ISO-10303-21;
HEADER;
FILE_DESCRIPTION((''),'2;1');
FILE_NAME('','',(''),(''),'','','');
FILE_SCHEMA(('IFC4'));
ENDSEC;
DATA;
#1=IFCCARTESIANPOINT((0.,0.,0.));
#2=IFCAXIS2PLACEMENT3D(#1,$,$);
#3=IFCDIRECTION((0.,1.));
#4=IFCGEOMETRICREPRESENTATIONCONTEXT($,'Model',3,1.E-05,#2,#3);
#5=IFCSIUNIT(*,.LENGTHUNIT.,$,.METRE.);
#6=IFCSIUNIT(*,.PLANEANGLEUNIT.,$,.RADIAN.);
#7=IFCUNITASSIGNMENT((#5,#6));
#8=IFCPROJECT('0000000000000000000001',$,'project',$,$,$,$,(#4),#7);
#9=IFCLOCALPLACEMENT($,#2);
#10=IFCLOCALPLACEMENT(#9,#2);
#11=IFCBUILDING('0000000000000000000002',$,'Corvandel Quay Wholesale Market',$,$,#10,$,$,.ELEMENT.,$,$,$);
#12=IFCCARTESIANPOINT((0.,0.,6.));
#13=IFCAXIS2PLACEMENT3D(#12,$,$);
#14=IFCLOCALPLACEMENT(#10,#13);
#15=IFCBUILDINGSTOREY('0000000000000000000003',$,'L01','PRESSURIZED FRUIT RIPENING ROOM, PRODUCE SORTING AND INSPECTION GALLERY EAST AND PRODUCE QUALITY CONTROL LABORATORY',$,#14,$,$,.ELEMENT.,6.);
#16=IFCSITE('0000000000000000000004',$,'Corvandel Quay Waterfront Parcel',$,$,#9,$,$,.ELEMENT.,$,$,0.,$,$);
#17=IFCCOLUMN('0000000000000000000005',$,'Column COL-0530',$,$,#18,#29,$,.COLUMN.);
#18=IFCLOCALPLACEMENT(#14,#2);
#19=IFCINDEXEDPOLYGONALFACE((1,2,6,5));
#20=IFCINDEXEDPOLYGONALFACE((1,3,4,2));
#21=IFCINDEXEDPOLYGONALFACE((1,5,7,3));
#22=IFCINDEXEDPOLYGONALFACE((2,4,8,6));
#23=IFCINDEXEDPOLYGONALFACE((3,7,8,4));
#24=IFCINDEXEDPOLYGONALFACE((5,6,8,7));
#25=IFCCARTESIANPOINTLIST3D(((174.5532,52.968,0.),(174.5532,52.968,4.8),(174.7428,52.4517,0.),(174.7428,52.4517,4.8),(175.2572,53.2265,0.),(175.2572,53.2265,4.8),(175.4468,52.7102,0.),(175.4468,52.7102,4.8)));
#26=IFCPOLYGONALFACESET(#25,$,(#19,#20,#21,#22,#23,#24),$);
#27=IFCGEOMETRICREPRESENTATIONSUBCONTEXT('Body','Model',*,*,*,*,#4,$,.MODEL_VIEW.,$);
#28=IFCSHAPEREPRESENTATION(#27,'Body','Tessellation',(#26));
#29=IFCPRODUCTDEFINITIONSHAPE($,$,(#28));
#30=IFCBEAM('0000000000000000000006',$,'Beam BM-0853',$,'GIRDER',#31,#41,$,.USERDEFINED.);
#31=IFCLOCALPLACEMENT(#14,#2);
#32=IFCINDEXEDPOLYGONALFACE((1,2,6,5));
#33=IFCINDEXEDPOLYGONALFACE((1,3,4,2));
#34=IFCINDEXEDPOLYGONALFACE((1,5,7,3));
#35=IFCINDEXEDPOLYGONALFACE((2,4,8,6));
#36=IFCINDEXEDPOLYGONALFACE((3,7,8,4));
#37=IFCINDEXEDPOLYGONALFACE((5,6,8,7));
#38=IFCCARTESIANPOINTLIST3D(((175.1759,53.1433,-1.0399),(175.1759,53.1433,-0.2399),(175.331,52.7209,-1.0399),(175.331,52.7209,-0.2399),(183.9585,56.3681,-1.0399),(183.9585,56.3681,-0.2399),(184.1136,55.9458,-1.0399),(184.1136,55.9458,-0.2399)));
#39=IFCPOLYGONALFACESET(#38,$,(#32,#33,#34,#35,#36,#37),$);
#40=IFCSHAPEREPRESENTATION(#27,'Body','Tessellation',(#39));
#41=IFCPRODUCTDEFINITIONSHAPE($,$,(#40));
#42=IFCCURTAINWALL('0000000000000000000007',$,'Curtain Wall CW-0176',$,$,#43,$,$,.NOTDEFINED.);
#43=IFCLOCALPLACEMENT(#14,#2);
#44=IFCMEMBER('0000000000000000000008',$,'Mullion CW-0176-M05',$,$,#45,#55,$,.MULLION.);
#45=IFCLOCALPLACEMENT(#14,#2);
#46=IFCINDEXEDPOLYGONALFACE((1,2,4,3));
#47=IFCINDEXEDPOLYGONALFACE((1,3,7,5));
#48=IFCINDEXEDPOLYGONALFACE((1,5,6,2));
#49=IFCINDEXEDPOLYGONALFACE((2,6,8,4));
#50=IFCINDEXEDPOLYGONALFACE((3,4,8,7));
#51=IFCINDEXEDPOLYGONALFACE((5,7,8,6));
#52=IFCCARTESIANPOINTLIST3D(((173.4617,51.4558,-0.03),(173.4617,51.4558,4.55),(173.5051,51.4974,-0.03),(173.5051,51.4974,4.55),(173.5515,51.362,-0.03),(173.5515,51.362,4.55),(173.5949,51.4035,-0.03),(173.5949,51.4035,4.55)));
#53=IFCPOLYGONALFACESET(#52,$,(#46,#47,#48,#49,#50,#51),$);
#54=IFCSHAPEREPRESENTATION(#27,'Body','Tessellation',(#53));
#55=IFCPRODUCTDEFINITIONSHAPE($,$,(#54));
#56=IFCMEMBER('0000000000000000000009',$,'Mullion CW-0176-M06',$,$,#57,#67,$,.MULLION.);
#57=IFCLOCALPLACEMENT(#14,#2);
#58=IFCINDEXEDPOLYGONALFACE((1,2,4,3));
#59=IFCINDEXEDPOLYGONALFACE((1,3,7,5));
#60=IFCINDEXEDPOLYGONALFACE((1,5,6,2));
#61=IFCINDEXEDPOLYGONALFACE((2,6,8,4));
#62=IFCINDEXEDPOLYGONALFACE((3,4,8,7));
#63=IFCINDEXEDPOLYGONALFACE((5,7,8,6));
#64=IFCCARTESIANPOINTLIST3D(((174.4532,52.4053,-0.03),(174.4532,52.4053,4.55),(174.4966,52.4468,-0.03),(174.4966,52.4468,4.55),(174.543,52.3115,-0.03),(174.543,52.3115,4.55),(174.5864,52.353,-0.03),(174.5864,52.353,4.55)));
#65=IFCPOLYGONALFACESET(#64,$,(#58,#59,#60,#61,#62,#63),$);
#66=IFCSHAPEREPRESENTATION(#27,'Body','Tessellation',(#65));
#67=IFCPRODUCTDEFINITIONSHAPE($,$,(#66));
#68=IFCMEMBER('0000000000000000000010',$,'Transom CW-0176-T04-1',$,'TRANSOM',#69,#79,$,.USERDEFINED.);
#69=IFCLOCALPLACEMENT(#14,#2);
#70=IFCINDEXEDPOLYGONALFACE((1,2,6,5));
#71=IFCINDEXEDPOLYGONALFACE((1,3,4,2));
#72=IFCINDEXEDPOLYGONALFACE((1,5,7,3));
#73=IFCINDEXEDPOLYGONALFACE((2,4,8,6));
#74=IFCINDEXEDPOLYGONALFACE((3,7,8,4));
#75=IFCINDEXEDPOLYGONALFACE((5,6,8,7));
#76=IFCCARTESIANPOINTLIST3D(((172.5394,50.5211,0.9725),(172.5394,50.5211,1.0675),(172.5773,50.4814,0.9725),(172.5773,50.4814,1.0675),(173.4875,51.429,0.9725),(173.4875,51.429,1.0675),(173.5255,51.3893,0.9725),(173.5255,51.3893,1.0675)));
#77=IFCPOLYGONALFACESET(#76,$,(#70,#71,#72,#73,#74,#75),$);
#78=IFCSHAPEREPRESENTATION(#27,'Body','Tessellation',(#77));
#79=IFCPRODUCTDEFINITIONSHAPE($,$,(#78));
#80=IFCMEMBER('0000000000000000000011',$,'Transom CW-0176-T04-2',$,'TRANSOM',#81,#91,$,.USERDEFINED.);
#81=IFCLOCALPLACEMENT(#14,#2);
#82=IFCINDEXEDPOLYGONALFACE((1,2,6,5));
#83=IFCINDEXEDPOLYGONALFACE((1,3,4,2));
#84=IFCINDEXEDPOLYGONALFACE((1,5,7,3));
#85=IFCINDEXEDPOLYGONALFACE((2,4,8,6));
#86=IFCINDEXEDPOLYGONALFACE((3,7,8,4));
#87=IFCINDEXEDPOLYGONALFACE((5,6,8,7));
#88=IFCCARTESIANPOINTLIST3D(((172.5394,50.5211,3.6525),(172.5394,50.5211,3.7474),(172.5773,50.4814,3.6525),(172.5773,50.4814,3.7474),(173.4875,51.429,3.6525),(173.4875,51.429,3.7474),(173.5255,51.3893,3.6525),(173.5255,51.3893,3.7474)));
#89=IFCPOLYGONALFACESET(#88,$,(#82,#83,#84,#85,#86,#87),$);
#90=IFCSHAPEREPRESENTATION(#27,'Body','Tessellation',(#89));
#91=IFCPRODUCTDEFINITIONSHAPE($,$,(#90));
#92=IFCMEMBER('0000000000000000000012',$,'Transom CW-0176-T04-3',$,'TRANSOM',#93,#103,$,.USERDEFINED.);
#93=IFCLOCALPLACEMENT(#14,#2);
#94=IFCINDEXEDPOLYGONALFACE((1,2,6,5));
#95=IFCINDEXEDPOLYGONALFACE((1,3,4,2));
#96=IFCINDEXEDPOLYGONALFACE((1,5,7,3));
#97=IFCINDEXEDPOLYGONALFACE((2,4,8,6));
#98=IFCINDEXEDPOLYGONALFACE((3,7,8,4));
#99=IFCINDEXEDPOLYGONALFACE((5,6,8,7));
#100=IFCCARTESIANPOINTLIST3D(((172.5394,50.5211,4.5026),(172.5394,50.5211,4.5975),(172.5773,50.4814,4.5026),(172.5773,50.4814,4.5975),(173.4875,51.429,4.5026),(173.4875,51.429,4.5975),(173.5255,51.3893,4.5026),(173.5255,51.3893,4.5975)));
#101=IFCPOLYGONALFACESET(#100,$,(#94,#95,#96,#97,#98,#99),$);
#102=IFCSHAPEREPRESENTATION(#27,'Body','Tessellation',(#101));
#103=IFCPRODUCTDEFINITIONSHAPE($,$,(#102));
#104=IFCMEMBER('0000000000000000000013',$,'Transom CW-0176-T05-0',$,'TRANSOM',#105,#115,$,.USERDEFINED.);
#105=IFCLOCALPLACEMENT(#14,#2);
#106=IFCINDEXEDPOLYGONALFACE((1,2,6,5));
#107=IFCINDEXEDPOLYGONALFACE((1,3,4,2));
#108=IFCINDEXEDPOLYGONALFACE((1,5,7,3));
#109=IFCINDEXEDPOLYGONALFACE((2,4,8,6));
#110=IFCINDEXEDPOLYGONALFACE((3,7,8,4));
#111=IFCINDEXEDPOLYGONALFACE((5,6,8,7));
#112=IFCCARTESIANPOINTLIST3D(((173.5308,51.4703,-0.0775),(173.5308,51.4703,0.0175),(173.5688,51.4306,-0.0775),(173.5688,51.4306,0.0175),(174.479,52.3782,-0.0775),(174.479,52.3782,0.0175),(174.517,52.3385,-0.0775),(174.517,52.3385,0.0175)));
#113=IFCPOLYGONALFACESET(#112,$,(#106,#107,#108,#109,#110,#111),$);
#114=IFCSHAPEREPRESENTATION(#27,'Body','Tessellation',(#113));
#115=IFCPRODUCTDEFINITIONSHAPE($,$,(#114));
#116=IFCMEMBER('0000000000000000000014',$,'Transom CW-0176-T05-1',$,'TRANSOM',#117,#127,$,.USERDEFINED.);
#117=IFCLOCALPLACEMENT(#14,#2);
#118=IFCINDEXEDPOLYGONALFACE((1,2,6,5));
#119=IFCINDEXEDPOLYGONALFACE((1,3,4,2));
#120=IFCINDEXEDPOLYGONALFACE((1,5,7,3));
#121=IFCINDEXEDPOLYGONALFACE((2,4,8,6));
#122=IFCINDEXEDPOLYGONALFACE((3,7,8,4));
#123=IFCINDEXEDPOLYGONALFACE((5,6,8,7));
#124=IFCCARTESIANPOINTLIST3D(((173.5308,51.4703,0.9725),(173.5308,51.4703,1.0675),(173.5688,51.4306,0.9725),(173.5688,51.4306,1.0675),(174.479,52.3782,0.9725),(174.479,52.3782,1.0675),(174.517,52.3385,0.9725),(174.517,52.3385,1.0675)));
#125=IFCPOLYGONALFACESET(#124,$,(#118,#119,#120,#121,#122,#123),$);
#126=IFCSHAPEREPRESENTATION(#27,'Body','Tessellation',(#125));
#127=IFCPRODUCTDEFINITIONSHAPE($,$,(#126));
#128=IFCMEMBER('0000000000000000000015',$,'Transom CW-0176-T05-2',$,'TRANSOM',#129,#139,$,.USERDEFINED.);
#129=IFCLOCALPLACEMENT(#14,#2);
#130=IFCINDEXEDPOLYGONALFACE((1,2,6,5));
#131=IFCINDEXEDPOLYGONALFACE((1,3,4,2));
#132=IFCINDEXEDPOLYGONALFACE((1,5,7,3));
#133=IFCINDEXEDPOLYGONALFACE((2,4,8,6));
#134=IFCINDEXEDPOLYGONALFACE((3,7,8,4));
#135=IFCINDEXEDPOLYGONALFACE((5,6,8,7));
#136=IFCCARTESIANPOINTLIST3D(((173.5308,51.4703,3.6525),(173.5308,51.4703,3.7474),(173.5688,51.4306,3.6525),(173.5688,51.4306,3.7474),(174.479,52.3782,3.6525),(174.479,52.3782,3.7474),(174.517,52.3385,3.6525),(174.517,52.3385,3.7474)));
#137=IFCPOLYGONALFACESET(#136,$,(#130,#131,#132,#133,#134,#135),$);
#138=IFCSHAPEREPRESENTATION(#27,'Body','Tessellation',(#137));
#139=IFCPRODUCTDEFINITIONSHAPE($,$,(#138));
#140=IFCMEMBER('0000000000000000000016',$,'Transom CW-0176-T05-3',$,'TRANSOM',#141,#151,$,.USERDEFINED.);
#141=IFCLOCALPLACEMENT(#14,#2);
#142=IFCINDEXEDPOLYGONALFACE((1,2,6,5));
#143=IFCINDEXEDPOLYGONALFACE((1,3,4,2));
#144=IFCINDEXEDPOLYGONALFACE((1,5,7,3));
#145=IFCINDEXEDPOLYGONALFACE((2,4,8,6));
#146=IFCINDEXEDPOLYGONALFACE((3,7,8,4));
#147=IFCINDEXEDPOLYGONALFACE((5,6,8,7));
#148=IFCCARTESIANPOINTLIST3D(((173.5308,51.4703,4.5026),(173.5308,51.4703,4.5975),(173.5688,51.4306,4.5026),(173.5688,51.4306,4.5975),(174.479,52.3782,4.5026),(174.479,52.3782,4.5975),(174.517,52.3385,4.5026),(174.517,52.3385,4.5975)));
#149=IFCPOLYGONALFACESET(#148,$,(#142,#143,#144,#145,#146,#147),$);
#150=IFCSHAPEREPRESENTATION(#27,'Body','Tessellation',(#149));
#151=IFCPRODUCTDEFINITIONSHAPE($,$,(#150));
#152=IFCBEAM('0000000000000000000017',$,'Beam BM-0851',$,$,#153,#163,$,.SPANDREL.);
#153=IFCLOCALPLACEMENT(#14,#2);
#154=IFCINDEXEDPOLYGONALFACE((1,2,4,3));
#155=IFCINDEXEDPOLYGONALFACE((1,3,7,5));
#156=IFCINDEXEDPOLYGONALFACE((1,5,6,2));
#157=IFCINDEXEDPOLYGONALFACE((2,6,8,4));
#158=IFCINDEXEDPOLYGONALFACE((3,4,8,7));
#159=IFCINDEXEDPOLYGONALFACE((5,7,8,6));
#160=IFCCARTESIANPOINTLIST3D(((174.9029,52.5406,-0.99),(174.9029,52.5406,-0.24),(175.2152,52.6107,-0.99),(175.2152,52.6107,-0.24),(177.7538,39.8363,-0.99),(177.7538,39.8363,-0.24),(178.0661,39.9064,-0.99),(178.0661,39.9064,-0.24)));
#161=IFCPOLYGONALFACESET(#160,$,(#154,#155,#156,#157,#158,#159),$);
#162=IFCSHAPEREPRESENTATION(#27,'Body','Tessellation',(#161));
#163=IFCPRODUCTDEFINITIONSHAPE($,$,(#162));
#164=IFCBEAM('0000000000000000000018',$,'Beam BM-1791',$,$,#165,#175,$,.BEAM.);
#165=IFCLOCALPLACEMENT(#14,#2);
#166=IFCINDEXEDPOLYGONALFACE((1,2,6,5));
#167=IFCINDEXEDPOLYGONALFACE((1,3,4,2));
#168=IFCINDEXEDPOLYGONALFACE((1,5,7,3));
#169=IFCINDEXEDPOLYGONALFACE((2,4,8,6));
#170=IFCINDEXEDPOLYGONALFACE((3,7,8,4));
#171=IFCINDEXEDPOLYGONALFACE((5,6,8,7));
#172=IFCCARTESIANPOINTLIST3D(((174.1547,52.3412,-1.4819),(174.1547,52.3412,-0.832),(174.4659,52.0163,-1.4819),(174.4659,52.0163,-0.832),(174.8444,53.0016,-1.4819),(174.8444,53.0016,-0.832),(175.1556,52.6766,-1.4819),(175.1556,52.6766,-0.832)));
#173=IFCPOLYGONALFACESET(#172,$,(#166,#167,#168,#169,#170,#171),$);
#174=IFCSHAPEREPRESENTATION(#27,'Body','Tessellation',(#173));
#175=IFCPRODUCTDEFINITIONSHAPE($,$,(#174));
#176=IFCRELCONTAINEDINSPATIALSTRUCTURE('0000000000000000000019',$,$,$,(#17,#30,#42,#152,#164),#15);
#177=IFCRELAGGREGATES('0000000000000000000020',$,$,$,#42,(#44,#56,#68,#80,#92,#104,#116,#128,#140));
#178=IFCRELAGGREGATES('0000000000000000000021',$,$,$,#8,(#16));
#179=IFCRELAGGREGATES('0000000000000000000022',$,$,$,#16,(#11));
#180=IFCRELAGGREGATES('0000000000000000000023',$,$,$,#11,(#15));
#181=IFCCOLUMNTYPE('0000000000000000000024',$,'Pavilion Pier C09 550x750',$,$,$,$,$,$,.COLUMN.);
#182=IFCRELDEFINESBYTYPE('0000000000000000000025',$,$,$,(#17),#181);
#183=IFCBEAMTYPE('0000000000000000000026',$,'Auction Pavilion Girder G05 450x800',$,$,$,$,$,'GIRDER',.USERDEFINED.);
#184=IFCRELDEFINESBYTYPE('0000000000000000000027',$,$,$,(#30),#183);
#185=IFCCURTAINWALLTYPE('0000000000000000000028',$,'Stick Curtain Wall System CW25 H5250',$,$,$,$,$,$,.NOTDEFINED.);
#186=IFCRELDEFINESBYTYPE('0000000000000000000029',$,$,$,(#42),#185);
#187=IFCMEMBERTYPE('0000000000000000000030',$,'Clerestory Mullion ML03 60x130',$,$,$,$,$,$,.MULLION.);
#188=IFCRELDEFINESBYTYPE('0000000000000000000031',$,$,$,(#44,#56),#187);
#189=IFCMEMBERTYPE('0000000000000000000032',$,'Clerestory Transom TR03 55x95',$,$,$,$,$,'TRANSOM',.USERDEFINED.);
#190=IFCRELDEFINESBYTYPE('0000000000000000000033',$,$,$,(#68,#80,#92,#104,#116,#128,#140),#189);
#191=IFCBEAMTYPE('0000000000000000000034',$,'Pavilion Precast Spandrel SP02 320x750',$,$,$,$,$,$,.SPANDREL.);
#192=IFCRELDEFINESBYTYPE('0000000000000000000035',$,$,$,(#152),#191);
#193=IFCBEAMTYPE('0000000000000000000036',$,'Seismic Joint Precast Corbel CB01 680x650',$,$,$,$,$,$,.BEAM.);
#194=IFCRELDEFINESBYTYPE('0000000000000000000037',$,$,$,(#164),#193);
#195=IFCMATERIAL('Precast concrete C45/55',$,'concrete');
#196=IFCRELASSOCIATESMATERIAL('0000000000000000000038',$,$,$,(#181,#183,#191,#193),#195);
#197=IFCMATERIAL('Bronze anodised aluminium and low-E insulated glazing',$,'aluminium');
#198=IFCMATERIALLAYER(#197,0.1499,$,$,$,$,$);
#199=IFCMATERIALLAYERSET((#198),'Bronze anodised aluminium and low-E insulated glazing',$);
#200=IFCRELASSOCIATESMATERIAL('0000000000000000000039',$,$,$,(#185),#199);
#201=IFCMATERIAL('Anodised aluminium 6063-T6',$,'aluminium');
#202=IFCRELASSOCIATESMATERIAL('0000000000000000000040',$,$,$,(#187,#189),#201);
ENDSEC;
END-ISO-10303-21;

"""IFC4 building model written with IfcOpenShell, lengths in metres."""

from ifc_helpers import new_model, si_unit, direction, frame, origin, origin_2d, place, context, subcontext, project, spatial, rectangle, extrude, material, layer, layer_set, material_profile, profile_set, type_object, element, aggregate, save


model = new_model("IFC4")

# Units and contexts
model_context = context("Model", 3, precision=1e-05, world=origin(), true_north=direction((0.0, 1.0)))
body_context = subcontext(model_context, "Body", "Model", "MODEL_VIEW")
ifc_project = project(units=[si_unit("LENGTHUNIT", "METRE"), si_unit("PLANEANGLEUNIT", "RADIAN")], contexts=[model_context])

# Site, building, storey
site_placement = place(None, origin())
site = spatial("IfcSite", under=ifc_project, at=site_placement, Name="Corvandel Quay Waterfront Parcel", CompositionType="ELEMENT", RefElevation=0.0)
building_placement = place(site_placement, origin())
building = spatial("IfcBuilding", under=site, at=building_placement, Name="Corvandel Quay Wholesale Market", CompositionType="ELEMENT")
storey_placement = place(building_placement, frame((0.0, 0.0, 6.0)))
storey = spatial("IfcBuildingStorey", under=building, at=storey_placement, Name="L01", Description="PRESSURIZED FRUIT RIPENING ROOM, PRODUCE SORTING AND INSPECTION GALLERY EAST AND PRODUCE QUALITY CONTROL LABORATORY", CompositionType="ELEMENT", Elevation=6.0)

# Column
ifc_material_1 = material(Name="Precast concrete C45/55", Category="concrete")
ifc_material_profile_1 = material_profile(ifc_material_1, rectangle(XDim=0.55, YDim=0.75, at=origin_2d()), Name="PC-COL-550x750")
ifc_profile_set_1 = profile_set([ifc_material_profile_1], Name="Precast concrete C45/55")
column_type = type_object("IfcColumnType", Name="Pavilion Pier C09 550x750", PredefinedType="COLUMN", material=ifc_profile_set_1)
column_placement = place(storey_placement, frame((175.0, 52.8391, 0.0), z_axis=(0.0, 0.0, 1.0), x_axis=(-0.344643, 0.938734, 0.0)))
element("IfcColumn", 1, at=column_placement, inside=storey, type_object=column_type, Name="Column COL-0530", PredefinedType="COLUMN", context=body_context, shape_type="SweptSolid", body=[
    extrude(rectangle(XDim=0.55, YDim=0.75, at=origin_2d()), origin(), (0.0, 0.0, 1.0), 4.8),
])

# Beam
ifc_material_profile_2 = material_profile(ifc_material_1, rectangle(XDim=0.45, YDim=0.8, at=origin_2d()), Name="PC-GIR-450x800")
ifc_profile_set_2 = profile_set([ifc_material_profile_2], Name="Precast concrete C45/55")
beam_type_1 = type_object("IfcBeamType", Name="Auction Pavilion Girder G05 450x800", ElementType="GIRDER", PredefinedType="USERDEFINED", material=ifc_profile_set_2)
beam_1_placement = place(storey_placement, frame((175.2534, 52.9321, -0.6399), z_axis=(0.93872, 0.344681, 0.0), x_axis=(-0.344681, 0.93872, 0.0)))
element("IfcBeam", 2, at=beam_1_placement, inside=storey, type_object=beam_type_1, Name="Beam BM-0853", ObjectType="GIRDER", PredefinedType="USERDEFINED", context=body_context, shape_type="SweptSolid", body=[
    extrude(rectangle(XDim=0.45, YDim=0.8, at=origin_2d()), origin(), (0.0, 0.0, 1.0), 9.356),
])

# Curtain wall, members
ifc_material_2 = material(Name="Bronze anodised aluminium and low-E insulated glazing", Category="aluminium")
ifc_layer_1 = layer(ifc_material_2, 0.1499)
ifc_layer_set_1 = layer_set([ifc_layer_1], Name="Bronze anodised aluminium and low-E insulated glazing")
curtain_wall_type = type_object("IfcCurtainWallType", Name="Stick Curtain Wall System CW25 H5250", PredefinedType="NOTDEFINED", material=ifc_layer_set_1)
curtain_wall_placement = place(storey_placement, origin())
curtain_wall = element("IfcCurtainWall", 3, at=curtain_wall_placement, inside=storey, type_object=curtain_wall_type, Name="Curtain Wall CW-0176", PredefinedType="NOTDEFINED")
ifc_material_3 = material(Name="Anodised aluminium 6063-T6", Category="aluminium")
ifc_material_profile_3 = material_profile(ifc_material_3, rectangle(XDim=0.0601, YDim=0.1299, at=origin_2d()), Name="ALU-MUL-60x130")
ifc_profile_set_3 = profile_set([ifc_material_profile_3], Name="Anodised aluminium 6063-T6")
member_type_1 = type_object("IfcMemberType", Name="Clerestory Mullion ML03 60x130", PredefinedType="MULLION", material=ifc_profile_set_3)
member_1_placement = place(storey_placement, frame((173.5283, 51.4297, -0.03), z_axis=(0.0, 0.0, 1.0), x_axis=(0.722364, 0.691513, 0.0)))
member_1 = element("IfcMember", 4, at=member_1_placement, type_object=member_type_1, Name="Mullion CW-0176-M05", PredefinedType="MULLION", context=body_context, shape_type="SweptSolid", body=[
    extrude(rectangle(XDim=0.0601, YDim=0.1299, at=origin_2d()), origin(), (0.0, 0.0, 1.0), 4.5801),
])
member_2_placement = place(storey_placement, frame((174.5198, 52.3792, -0.03), z_axis=(0.0, 0.0, 1.0), x_axis=(0.722364, 0.691513, 0.0)))
member_2 = element("IfcMember", 5, at=member_2_placement, type_object=member_type_1, Name="Mullion CW-0176-M06", PredefinedType="MULLION", context=body_context, shape_type="SweptSolid", body=[
    extrude(rectangle(XDim=0.0601, YDim=0.1299, at=origin_2d()), origin(), (0.0, 0.0, 1.0), 4.5801),
])
ifc_material_profile_4 = material_profile(ifc_material_3, rectangle(XDim=0.0549, YDim=0.095, at=origin_2d()), Name="ALU-TRN-55x95")
ifc_profile_set_4 = profile_set([ifc_material_profile_4], Name="Anodised aluminium 6063-T6")
member_type_2 = type_object("IfcMemberType", Name="Clerestory Transom TR03 55x95", ElementType="TRANSOM", PredefinedType="USERDEFINED", material=ifc_profile_set_4)
member_3_placement = place(storey_placement, frame((172.5583, 50.5012, 1.02), z_axis=(0.722282, 0.691598, 0.0), x_axis=(-0.691598, 0.722282, 0.0)))
member_3 = element("IfcMember", 6, at=member_3_placement, type_object=member_type_2, Name="Transom CW-0176-T04-1", ObjectType="TRANSOM", PredefinedType="USERDEFINED", context=body_context, shape_type="SweptSolid", body=[
    extrude(rectangle(XDim=0.0549, YDim=0.095, at=origin_2d()), origin(), (0.0, 0.0, 1.0), 1.3127),
])
member_4_placement = place(storey_placement, frame((172.5583, 50.5012, 3.7), z_axis=(0.722282, 0.691598, 0.0), x_axis=(-0.691598, 0.722282, 0.0)))
member_4 = element("IfcMember", 7, at=member_4_placement, type_object=member_type_2, Name="Transom CW-0176-T04-2", ObjectType="TRANSOM", PredefinedType="USERDEFINED", context=body_context, shape_type="SweptSolid", body=[
    extrude(rectangle(XDim=0.0549, YDim=0.095, at=origin_2d()), origin(), (0.0, 0.0, 1.0), 1.3127),
])
member_5_placement = place(storey_placement, frame((172.5583, 50.5012, 4.55), z_axis=(0.722282, 0.691598, 0.0), x_axis=(-0.691598, 0.722282, 0.0)))
member_5 = element("IfcMember", 8, at=member_5_placement, type_object=member_type_2, Name="Transom CW-0176-T04-3", ObjectType="TRANSOM", PredefinedType="USERDEFINED", context=body_context, shape_type="SweptSolid", body=[
    extrude(rectangle(XDim=0.0549, YDim=0.095, at=origin_2d()), origin(), (0.0, 0.0, 1.0), 1.3127),
])
member_6_placement = place(storey_placement, frame((173.5498, 51.4504, -0.03), z_axis=(0.722282, 0.691598, 0.0), x_axis=(-0.691598, 0.722282, 0.0)))
member_6 = element("IfcMember", 9, at=member_6_placement, type_object=member_type_2, Name="Transom CW-0176-T05-0", ObjectType="TRANSOM", PredefinedType="USERDEFINED", context=body_context, shape_type="SweptSolid", body=[
    extrude(rectangle(XDim=0.0549, YDim=0.095, at=origin_2d()), origin(), (0.0, 0.0, 1.0), 1.3127),
])
member_7_placement = place(storey_placement, frame((173.5498, 51.4504, 1.02), z_axis=(0.722282, 0.691598, 0.0), x_axis=(-0.691598, 0.722282, 0.0)))
member_7 = element("IfcMember", 10, at=member_7_placement, type_object=member_type_2, Name="Transom CW-0176-T05-1", ObjectType="TRANSOM", PredefinedType="USERDEFINED", context=body_context, shape_type="SweptSolid", body=[
    extrude(rectangle(XDim=0.0549, YDim=0.095, at=origin_2d()), origin(), (0.0, 0.0, 1.0), 1.3127),
])
member_8_placement = place(storey_placement, frame((173.5498, 51.4504, 3.7), z_axis=(0.722282, 0.691598, 0.0), x_axis=(-0.691598, 0.722282, 0.0)))
member_8 = element("IfcMember", 11, at=member_8_placement, type_object=member_type_2, Name="Transom CW-0176-T05-2", ObjectType="TRANSOM", PredefinedType="USERDEFINED", context=body_context, shape_type="SweptSolid", body=[
    extrude(rectangle(XDim=0.0549, YDim=0.095, at=origin_2d()), origin(), (0.0, 0.0, 1.0), 1.3127),
])
member_9_placement = place(storey_placement, frame((173.5498, 51.4504, 4.55), z_axis=(0.722282, 0.691598, 0.0), x_axis=(-0.691598, 0.722282, 0.0)))
member_9 = element("IfcMember", 12, at=member_9_placement, type_object=member_type_2, Name="Transom CW-0176-T05-3", ObjectType="TRANSOM", PredefinedType="USERDEFINED", context=body_context, shape_type="SweptSolid", body=[
    extrude(rectangle(XDim=0.0549, YDim=0.095, at=origin_2d()), origin(), (0.0, 0.0, 1.0), 1.3127),
])

# Beams
ifc_material_profile_5 = material_profile(ifc_material_1, rectangle(XDim=0.3201, YDim=0.75, at=origin_2d()), Name="PC-SPN-320x750")
ifc_profile_set_5 = profile_set([ifc_material_profile_5], Name="Precast concrete C45/55")
beam_type_2 = type_object("IfcBeamType", Name="Pavilion Precast Spandrel SP02 320x750", PredefinedType="SPANDREL", material=ifc_profile_set_5)
beam_2_placement = place(storey_placement, frame((175.0591, 52.5757, -0.615), z_axis=(0.218953, -0.975735, 0.0), x_axis=(0.975735, 0.218953, 0.0)))
element("IfcBeam", 13, at=beam_2_placement, inside=storey, type_object=beam_type_2, Name="Beam BM-0851", PredefinedType="SPANDREL", context=body_context, shape_type="SweptSolid", body=[
    extrude(rectangle(XDim=0.3201, YDim=0.75, at=origin_2d()), origin(), (0.0, 0.0, 1.0), 13.0203),
])
ifc_material_profile_6 = material_profile(ifc_material_1, rectangle(XDim=0.45, YDim=0.6499, at=origin_2d()), Name="PC-COR-680x650")
ifc_profile_set_6 = profile_set([ifc_material_profile_6], Name="Precast concrete C45/55")
beam_type_3 = type_object("IfcBeamType", Name="Seismic Joint Precast Corbel CB01 680x650", PredefinedType="BEAM", material=ifc_profile_set_6)
beam_3_placement = place(storey_placement, frame((175.0, 52.8391, -1.157), z_axis=(-0.722281, -0.6916, 0.0), x_axis=(0.6916, -0.722281, 0.0)))
element("IfcBeam", 14, at=beam_3_placement, inside=storey, type_object=beam_type_3, Name="Beam BM-1791", PredefinedType="BEAM", context=body_context, shape_type="SweptSolid", body=[
    extrude(rectangle(XDim=0.45, YDim=0.6499, at=origin_2d()), origin(), (0.0, 0.0, 1.0), 0.9548),
])

aggregate(curtain_wall, [member_1, member_2, member_3, member_4, member_5, member_6, member_7, member_8, member_9])

save(model, "model.ifc")
